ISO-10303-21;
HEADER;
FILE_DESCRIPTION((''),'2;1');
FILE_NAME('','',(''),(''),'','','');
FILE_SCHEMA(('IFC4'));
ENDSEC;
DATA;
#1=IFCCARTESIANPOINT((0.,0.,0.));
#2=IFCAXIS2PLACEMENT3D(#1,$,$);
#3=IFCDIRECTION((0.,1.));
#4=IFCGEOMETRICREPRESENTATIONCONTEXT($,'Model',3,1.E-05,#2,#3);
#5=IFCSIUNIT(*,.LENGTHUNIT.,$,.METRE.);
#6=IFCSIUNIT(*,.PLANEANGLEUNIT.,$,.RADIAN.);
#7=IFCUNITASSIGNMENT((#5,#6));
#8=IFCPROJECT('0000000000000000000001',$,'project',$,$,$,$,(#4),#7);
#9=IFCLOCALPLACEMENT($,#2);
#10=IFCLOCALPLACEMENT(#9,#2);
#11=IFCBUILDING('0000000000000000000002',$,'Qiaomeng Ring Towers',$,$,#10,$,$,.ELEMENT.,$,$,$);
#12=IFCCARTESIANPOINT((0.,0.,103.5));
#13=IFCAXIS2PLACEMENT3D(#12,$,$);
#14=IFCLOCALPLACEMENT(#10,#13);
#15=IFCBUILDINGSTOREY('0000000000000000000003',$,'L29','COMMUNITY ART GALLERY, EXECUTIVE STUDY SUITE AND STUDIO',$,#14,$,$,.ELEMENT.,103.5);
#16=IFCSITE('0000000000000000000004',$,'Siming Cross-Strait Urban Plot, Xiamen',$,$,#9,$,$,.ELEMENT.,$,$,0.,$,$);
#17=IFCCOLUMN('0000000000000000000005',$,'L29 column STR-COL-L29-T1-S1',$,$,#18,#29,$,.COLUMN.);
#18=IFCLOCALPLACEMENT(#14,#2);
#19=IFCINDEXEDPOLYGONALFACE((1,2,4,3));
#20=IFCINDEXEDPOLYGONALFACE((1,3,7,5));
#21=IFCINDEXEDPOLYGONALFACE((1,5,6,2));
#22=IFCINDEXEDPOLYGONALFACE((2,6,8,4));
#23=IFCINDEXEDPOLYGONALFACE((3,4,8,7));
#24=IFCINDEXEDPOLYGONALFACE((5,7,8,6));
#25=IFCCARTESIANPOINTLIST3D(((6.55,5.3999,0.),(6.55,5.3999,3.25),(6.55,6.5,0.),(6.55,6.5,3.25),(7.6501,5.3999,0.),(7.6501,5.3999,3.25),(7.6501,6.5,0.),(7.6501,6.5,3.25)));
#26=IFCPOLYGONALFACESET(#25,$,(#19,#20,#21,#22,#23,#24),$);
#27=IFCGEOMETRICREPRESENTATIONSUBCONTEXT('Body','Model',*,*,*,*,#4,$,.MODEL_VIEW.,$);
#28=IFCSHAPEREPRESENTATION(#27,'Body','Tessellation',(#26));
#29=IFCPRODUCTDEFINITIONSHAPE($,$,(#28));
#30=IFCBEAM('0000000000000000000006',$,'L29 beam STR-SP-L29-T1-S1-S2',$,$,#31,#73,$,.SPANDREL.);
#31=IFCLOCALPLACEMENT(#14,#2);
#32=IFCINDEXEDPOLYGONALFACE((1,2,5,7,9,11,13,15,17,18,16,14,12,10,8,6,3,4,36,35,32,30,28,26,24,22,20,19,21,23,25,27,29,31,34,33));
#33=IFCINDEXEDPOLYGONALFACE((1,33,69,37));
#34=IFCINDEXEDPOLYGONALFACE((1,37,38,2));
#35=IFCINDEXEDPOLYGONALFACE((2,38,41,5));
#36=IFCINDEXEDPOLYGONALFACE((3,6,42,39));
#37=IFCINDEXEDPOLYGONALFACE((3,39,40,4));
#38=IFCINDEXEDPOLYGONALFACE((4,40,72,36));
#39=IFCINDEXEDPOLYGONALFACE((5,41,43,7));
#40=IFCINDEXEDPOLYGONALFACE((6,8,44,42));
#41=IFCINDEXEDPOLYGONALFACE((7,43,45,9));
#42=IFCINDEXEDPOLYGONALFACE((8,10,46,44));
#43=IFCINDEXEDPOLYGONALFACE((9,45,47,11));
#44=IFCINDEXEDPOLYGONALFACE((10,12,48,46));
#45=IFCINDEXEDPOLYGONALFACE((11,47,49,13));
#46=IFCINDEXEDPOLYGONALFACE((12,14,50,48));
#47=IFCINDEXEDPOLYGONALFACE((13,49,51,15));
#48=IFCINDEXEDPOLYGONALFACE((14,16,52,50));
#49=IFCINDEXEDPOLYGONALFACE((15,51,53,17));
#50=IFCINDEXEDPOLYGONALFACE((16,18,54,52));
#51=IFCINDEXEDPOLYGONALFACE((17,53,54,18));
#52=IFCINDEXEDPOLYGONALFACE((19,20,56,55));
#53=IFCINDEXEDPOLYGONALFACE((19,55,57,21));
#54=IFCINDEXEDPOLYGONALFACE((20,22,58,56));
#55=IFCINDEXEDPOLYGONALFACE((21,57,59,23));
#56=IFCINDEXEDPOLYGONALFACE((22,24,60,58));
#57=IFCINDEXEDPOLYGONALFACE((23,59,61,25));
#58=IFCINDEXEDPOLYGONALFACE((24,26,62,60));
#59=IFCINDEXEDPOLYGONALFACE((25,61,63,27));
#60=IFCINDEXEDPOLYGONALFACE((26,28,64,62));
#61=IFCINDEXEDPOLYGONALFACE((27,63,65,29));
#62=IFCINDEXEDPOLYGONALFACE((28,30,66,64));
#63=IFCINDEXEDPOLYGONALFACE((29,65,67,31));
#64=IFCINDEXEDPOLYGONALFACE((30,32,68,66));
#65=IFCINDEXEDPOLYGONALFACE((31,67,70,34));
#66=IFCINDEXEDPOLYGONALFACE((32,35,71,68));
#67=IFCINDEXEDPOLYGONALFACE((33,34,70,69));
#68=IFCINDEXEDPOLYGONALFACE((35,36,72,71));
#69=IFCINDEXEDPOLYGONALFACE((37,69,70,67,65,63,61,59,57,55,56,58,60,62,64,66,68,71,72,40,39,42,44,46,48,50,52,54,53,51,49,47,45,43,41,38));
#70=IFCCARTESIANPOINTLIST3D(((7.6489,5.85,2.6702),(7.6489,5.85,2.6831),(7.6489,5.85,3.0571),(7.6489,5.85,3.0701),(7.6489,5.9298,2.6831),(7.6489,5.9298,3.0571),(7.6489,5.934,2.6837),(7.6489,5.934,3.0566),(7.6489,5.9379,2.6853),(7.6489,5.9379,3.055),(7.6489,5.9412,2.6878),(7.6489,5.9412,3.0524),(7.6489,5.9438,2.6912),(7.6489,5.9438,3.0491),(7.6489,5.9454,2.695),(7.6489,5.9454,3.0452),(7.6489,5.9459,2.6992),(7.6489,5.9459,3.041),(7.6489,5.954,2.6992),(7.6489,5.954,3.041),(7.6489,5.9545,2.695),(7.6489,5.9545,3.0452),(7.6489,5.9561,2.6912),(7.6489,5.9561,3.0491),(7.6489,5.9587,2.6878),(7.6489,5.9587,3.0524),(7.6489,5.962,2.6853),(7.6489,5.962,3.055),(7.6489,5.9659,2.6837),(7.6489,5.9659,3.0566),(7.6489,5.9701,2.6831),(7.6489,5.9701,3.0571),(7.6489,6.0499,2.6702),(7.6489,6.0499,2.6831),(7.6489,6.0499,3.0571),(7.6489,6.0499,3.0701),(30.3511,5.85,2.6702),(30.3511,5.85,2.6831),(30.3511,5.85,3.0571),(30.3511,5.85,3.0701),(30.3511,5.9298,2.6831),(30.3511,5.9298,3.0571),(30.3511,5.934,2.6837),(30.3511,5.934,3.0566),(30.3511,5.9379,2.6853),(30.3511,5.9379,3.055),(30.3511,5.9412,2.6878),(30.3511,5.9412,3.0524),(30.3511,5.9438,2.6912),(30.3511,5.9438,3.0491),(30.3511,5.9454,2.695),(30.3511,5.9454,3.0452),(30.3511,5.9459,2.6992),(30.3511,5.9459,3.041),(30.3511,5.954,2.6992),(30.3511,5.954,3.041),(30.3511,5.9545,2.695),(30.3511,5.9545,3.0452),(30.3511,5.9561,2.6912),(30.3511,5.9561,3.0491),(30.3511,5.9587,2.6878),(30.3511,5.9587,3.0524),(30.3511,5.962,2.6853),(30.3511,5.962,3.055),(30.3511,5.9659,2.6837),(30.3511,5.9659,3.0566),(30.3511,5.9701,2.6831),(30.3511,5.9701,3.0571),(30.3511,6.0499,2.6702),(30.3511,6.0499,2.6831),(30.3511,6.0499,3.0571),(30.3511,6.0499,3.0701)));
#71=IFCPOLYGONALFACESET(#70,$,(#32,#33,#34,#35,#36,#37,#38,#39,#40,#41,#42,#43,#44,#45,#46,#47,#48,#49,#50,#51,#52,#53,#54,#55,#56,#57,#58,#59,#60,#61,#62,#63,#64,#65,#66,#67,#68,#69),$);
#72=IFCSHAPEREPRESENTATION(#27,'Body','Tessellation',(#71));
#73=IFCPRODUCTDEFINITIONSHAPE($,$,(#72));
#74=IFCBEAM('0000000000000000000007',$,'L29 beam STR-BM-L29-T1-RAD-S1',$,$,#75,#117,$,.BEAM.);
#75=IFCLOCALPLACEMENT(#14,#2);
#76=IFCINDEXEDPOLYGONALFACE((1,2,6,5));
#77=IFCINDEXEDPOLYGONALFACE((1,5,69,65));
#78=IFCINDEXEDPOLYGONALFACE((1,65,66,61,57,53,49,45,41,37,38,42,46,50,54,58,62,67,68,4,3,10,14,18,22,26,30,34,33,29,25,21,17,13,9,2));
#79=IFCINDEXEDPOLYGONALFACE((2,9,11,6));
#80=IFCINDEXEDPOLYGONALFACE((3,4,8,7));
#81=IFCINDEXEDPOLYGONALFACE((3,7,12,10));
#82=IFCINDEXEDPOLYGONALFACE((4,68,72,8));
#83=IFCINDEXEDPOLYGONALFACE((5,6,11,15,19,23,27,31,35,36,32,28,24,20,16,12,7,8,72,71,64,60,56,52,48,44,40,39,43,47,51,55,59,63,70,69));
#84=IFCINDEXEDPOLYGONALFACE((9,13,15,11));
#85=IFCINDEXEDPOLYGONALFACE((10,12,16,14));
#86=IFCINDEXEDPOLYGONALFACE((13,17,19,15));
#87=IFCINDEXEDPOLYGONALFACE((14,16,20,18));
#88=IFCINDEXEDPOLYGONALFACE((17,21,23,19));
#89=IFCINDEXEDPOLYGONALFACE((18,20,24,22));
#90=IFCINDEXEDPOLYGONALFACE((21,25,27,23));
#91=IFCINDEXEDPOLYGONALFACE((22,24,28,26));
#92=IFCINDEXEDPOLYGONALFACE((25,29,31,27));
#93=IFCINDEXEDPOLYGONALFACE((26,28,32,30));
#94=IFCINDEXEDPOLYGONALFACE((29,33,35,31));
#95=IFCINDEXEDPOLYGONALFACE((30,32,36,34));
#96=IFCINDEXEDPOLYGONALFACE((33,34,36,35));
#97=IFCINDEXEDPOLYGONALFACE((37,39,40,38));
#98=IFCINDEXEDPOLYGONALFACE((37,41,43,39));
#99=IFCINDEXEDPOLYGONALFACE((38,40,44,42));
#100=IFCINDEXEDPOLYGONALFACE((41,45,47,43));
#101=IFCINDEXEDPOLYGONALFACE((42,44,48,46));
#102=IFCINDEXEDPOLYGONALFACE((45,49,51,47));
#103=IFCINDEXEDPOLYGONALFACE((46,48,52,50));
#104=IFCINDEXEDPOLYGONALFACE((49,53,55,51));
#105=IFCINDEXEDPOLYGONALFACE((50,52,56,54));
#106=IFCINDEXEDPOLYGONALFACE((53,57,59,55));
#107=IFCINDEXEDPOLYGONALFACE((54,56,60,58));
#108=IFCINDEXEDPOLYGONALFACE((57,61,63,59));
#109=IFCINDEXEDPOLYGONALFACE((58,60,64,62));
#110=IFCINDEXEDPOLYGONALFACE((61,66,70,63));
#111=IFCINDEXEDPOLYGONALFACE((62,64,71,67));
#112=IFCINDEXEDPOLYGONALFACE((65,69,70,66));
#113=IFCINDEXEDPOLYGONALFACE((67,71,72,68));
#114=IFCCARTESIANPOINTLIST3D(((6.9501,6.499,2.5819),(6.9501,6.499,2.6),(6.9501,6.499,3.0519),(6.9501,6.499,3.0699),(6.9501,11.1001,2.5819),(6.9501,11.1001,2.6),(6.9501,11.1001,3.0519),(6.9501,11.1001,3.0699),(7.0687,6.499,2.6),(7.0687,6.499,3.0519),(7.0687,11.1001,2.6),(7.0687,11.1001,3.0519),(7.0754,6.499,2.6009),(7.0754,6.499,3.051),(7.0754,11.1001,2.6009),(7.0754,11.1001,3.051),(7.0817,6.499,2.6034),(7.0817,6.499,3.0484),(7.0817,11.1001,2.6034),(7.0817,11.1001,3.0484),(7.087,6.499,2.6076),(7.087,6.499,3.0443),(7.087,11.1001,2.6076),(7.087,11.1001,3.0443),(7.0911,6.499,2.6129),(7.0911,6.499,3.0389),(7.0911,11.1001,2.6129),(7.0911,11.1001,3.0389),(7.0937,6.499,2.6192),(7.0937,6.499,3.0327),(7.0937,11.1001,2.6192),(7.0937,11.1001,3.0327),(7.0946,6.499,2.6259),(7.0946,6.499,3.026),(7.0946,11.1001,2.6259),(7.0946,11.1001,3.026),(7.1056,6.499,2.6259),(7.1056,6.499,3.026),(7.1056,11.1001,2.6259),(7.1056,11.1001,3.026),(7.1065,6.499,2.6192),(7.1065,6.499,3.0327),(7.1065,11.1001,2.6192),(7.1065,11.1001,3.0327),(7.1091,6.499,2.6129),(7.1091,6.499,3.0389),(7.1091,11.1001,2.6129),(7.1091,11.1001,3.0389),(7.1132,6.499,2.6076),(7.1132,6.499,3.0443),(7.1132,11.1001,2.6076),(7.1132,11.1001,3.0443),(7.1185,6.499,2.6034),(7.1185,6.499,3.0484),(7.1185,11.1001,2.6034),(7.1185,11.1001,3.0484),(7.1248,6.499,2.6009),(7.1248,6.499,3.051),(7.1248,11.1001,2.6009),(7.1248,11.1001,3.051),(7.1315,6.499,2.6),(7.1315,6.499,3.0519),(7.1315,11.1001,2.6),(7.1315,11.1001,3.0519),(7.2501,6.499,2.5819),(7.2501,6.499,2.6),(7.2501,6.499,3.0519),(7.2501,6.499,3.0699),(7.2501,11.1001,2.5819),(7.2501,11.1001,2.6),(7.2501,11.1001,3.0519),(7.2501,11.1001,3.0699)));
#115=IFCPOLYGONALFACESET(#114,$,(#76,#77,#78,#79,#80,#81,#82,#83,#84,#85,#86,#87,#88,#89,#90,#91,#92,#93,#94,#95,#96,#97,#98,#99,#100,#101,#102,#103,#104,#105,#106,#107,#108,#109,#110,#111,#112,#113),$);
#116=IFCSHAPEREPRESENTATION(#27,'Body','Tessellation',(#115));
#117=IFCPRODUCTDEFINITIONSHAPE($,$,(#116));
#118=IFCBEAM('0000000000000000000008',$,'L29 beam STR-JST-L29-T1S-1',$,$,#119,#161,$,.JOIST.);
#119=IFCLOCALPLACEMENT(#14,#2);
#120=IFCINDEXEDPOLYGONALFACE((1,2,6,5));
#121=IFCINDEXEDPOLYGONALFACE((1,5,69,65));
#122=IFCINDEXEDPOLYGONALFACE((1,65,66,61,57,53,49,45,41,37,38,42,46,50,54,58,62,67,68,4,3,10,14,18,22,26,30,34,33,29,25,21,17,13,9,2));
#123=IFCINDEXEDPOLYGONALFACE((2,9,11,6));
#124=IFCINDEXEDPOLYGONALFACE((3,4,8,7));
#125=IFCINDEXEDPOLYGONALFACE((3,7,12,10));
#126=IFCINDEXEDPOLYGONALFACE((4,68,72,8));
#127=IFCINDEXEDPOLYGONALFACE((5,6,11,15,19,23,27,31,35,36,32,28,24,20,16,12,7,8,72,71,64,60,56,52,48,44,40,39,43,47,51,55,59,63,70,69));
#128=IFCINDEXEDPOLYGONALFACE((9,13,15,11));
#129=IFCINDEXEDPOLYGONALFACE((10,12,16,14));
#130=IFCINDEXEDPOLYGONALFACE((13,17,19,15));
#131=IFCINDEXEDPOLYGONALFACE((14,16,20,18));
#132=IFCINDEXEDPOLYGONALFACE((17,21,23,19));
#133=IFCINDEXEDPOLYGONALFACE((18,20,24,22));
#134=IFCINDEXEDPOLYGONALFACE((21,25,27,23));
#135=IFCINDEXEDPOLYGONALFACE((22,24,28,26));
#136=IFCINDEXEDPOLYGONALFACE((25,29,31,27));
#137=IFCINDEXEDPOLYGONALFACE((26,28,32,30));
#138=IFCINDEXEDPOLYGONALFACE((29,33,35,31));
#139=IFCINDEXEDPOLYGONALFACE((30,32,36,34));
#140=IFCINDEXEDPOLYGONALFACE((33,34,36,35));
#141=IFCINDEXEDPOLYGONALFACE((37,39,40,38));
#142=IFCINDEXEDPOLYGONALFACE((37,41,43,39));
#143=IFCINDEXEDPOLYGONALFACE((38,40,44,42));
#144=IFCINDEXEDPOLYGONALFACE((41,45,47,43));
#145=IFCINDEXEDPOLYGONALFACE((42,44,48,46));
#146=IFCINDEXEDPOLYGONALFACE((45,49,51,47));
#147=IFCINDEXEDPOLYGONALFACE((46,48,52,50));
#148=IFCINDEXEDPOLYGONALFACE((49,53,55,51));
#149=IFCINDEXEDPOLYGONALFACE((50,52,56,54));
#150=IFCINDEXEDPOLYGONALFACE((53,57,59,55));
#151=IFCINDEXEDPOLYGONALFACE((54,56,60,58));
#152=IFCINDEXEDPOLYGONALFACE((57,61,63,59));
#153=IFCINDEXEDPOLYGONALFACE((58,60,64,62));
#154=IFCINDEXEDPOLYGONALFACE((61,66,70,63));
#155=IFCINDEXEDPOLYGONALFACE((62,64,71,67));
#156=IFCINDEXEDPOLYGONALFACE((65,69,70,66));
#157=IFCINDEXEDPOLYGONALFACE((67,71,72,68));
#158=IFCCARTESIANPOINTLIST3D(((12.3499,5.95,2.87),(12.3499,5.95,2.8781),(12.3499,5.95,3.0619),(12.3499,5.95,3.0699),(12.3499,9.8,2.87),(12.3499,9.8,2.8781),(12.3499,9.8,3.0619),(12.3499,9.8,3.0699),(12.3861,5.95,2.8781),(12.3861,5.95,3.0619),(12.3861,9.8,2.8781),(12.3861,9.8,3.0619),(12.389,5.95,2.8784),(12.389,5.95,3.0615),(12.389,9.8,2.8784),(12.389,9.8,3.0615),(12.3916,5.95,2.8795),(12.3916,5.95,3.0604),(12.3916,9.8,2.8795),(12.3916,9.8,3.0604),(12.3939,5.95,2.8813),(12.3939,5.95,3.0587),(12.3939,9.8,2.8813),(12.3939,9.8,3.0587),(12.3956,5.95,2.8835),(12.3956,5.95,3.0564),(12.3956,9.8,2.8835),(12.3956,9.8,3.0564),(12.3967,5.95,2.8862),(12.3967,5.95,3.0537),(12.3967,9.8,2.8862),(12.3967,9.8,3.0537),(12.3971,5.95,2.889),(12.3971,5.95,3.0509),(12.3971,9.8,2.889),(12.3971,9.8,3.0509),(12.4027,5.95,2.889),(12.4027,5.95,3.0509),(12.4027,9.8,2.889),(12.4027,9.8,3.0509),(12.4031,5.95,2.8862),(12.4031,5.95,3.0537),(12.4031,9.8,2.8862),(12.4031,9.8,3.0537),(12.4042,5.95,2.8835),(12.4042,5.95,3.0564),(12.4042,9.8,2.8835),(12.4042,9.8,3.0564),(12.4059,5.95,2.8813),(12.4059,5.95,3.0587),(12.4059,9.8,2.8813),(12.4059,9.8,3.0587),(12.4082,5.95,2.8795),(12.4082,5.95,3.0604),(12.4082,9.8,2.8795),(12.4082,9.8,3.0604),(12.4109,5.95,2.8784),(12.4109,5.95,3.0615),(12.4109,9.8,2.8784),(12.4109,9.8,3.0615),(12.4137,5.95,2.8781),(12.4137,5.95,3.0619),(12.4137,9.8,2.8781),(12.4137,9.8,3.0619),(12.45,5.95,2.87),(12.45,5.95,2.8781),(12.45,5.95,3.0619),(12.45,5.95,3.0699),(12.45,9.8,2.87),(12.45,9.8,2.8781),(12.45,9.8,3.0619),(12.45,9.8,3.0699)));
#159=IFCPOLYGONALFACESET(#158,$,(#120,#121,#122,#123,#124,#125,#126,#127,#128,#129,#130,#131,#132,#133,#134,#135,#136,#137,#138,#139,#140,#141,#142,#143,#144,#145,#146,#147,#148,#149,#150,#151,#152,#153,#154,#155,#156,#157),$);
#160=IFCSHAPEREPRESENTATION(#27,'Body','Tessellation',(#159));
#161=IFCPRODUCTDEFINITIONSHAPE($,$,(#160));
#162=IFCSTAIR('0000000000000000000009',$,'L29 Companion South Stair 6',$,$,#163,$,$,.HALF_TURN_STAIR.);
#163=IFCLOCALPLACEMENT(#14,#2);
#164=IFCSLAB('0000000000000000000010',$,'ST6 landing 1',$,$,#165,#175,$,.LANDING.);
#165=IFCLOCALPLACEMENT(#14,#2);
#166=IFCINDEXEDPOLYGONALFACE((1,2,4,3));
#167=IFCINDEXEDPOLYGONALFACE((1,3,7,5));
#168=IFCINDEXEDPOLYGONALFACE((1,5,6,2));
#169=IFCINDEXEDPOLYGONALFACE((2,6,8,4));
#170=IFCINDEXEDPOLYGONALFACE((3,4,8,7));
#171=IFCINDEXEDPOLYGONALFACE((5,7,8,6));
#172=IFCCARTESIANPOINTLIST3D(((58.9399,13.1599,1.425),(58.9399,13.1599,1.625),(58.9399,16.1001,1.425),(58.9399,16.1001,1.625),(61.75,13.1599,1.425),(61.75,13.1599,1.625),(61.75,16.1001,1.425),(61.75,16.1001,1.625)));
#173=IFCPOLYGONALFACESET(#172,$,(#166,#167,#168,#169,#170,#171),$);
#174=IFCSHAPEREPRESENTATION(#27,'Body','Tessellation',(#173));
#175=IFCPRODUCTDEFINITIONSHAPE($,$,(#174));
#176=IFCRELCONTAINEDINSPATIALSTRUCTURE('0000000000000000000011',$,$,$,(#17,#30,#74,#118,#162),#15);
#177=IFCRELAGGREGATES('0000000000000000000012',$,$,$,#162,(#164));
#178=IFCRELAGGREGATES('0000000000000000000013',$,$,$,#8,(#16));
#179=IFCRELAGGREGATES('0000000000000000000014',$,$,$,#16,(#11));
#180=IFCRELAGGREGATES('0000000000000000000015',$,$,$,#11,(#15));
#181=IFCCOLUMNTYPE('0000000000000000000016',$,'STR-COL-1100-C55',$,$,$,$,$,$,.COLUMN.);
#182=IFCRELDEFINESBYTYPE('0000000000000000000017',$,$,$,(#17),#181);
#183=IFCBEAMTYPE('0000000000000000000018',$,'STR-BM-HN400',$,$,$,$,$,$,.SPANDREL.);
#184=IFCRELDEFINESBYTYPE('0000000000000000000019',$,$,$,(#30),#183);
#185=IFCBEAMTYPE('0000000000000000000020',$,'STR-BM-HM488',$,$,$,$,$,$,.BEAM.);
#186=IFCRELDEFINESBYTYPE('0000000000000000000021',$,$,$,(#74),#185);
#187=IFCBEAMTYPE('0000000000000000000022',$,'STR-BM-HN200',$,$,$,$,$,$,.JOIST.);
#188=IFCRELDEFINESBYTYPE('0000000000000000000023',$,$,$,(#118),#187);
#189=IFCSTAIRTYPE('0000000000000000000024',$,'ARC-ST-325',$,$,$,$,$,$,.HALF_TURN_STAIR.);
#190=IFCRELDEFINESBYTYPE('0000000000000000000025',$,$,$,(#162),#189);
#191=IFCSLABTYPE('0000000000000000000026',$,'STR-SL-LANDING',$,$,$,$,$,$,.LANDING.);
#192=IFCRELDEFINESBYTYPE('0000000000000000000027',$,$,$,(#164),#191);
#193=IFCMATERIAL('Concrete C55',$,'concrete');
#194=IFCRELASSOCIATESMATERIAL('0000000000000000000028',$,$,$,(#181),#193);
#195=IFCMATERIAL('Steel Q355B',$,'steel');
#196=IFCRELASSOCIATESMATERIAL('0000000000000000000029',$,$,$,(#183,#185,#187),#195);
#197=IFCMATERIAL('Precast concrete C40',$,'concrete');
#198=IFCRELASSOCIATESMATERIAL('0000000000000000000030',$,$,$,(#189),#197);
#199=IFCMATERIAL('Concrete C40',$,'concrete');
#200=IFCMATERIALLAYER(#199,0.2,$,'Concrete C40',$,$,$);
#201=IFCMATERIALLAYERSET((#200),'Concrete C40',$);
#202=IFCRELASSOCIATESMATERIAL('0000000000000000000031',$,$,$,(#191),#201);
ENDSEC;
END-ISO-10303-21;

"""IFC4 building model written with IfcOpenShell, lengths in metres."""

from ifc_helpers import new_model, si_unit, direction, frame, origin, origin_2d, place, context, subcontext, project, spatial, polyline, rectangle, i_section, outline, extrude, source, transform, mapped, material, layer, layer_set, material_profile, profile_set, type_object, element, aggregate, save


model = new_model("IFC4")

# Units and contexts
model_context = context("Model", 3, precision=1e-05, world=origin(), true_north=direction((0.0, 1.0)))
body_context = subcontext(model_context, "Body", "Model", "MODEL_VIEW")
ifc_project = project(units=[si_unit("LENGTHUNIT", "METRE"), si_unit("PLANEANGLEUNIT", "RADIAN")], contexts=[model_context])

# Site, building, storey
site_placement = place(None, origin())
site = spatial("IfcSite", under=ifc_project, at=site_placement, Name="Siming Cross-Strait Urban Plot, Xiamen", CompositionType="ELEMENT", RefElevation=0.0)
building_placement = place(site_placement, origin())
building = spatial("IfcBuilding", under=site, at=building_placement, Name="Qiaomeng Ring Towers", CompositionType="ELEMENT")
storey_placement = place(building_placement, frame((0.0, 0.0, 103.5)))
storey = spatial("IfcBuildingStorey", under=building, at=storey_placement, Name="L29", Description="COMMUNITY ART GALLERY, EXECUTIVE STUDY SUITE AND STUDIO", CompositionType="ELEMENT", Elevation=103.5)

# Column
ifc_material_1 = material(Name="Concrete C55", Category="concrete")
ifc_material_profile_1 = material_profile(ifc_material_1, rectangle(XDim=1.1001, YDim=1.1001, at=origin_2d()), Name="RC COL 1100x1100")
ifc_profile_set_1 = profile_set([ifc_material_profile_1], Name="Concrete C55")
column_type = type_object("IfcColumnType", Name="STR-COL-1100-C55", PredefinedType="COLUMN", material=ifc_profile_set_1)
shared_shape_1 = source(origin(), body_context, "Body", "SweptSolid", [
    extrude(rectangle(XDim=1.1001, YDim=1.1001, at=origin_2d()), origin(), (0.0, 0.0, 1.0), 3.25),
])
column_placement = place(storey_placement, frame((7.1001, 5.95, 0.0), z_axis=(0.0, 0.0, 1.0), x_axis=(1.0, 0.0, 0.0)))
element("IfcColumn", 1, at=column_placement, inside=storey, type_object=column_type, Name="L29 column STR-COL-L29-T1-S1", PredefinedType="COLUMN", context=body_context, shape_type="MappedRepresentation", body=[
    mapped(shared_shape_1, transform((0.0, 0.0, 0.0), x_axis=(1.0, 0.0, 0.0), y_axis=(0.0, 1.0, 0.0), z_axis=(0.0, 0.0, 1.0), scale=1.0)),
])

# Beams
ifc_material_2 = material(Name="Steel Q355B", Category="steel")
ifc_material_profile_2 = material_profile(ifc_material_2, i_section(OverallWidth=0.2, OverallDepth=0.3999, WebThickness=0.0081, FlangeThickness=0.0129, FilletRadius=0.0161, at=origin_2d()), Name="HN 400x200x8x13")
ifc_profile_set_2 = profile_set([ifc_material_profile_2], Name="Steel Q355B")
beam_type_1 = type_object("IfcBeamType", Name="STR-BM-HN400", PredefinedType="SPANDREL", material=ifc_profile_set_2)
shared_shape_2 = source(origin(), body_context, "Body", "SweptSolid", [
    extrude(i_section(OverallWidth=0.2, OverallDepth=0.3999, WebThickness=0.0081, FlangeThickness=0.0129, FilletRadius=0.0161, at=origin_2d()), origin(), (0.0, 0.0, 1.0), 22.7021),
])
beam_1_placement = place(storey_placement, frame((7.6489, 5.95, 2.8701), z_axis=(1.0, 0.0, 0.0), x_axis=(0.0, 1.0, 0.0)))
element("IfcBeam", 2, at=beam_1_placement, inside=storey, type_object=beam_type_1, Name="L29 beam STR-SP-L29-T1-S1-S2", PredefinedType="SPANDREL", context=body_context, shape_type="MappedRepresentation", body=[
    mapped(shared_shape_2, transform((0.0, 0.0, 0.0), x_axis=(1.0, 0.0, 0.0), y_axis=(0.0, 1.0, 0.0), z_axis=(0.0, 0.0, 1.0), scale=1.0)),
])
ifc_material_profile_3 = material_profile(ifc_material_2, i_section(OverallWidth=0.3, OverallDepth=0.488, WebThickness=0.011, FlangeThickness=0.0181, FilletRadius=0.0259, at=origin_2d()), Name="HM 488x300x11x18")
ifc_profile_set_3 = profile_set([ifc_material_profile_3], Name="Steel Q355B")
beam_type_2 = type_object("IfcBeamType", Name="STR-BM-HM488", PredefinedType="BEAM", material=ifc_profile_set_3)
shared_shape_3 = source(origin(), body_context, "Body", "SweptSolid", [
    extrude(i_section(OverallWidth=0.3, OverallDepth=0.488, WebThickness=0.011, FlangeThickness=0.0181, FilletRadius=0.0259, at=origin_2d()), origin(), (0.0, 0.0, 1.0), 4.6011),
])
beam_2_placement = place(storey_placement, frame((7.1001, 6.499, 2.8259), z_axis=(0.0, 1.0, 0.0), x_axis=(-1.0, 0.0, 0.0)))
element("IfcBeam", 3, at=beam_2_placement, inside=storey, type_object=beam_type_2, Name="L29 beam STR-BM-L29-T1-RAD-S1", PredefinedType="BEAM", context=body_context, shape_type="MappedRepresentation", body=[
    mapped(shared_shape_3, transform((0.0, 0.0, 0.0), x_axis=(1.0, 0.0, 0.0), y_axis=(0.0, 1.0, 0.0), z_axis=(0.0, 0.0, 1.0), scale=1.0)),
])
ifc_material_profile_4 = material_profile(ifc_material_2, i_section(OverallWidth=0.1001, OverallDepth=0.2, WebThickness=0.0056, FlangeThickness=0.0081, FilletRadius=0.011, at=origin_2d()), Name="HN 200x100x5.5x8")
ifc_profile_set_4 = profile_set([ifc_material_profile_4], Name="Steel Q355B")
beam_type_3 = type_object("IfcBeamType", Name="STR-BM-HN200", PredefinedType="JOIST", material=ifc_profile_set_4)
shared_shape_4 = source(origin(), body_context, "Body", "SweptSolid", [
    extrude(i_section(OverallWidth=0.1001, OverallDepth=0.2, WebThickness=0.0056, FlangeThickness=0.0081, FilletRadius=0.011, at=origin_2d()), origin(), (0.0, 0.0, 1.0), 3.8501),
])
beam_3_placement = place(storey_placement, frame((12.3999, 5.95, 2.97), z_axis=(0.0, 1.0, 0.0), x_axis=(-1.0, 0.0, 0.0)))
element("IfcBeam", 4, at=beam_3_placement, inside=storey, type_object=beam_type_3, Name="L29 beam STR-JST-L29-T1S-1", PredefinedType="JOIST", context=body_context, shape_type="MappedRepresentation", body=[
    mapped(shared_shape_4, transform((0.0, 0.0, 0.0), x_axis=(1.0, 0.0, 0.0), y_axis=(0.0, 1.0, 0.0), z_axis=(0.0, 0.0, 1.0), scale=1.0)),
])

# Stair, slab
ifc_material_3 = material(Name="Precast concrete C40", Category="concrete")
stair_type = type_object("IfcStairType", Name="ARC-ST-325", PredefinedType="HALF_TURN_STAIR", material=ifc_material_3)
stair_placement = place(storey_placement, origin())
stair = element("IfcStair", 5, at=stair_placement, inside=storey, type_object=stair_type, Name="L29 Companion South Stair 6", PredefinedType="HALF_TURN_STAIR")
ifc_material_4 = material(Name="Concrete C40", Category="concrete")
ifc_layer_1 = layer(ifc_material_4, 0.2, Name="Concrete C40")
ifc_layer_set_1 = layer_set([ifc_layer_1], Name="Concrete C40")
slab_type = type_object("IfcSlabType", Name="STR-SL-LANDING", PredefinedType="LANDING", material=ifc_layer_set_1)
slab_placement = place(storey_placement, frame((0.0, 0.0, 1.425)))
slab = element("IfcSlab", 6, at=slab_placement, type_object=slab_type, Name="ST6 landing 1", PredefinedType="LANDING", context=body_context, shape_type="SweptSolid", body=[
    extrude(outline(polyline([(58.9399, 13.1599), (61.75, 13.1599), (61.75, 16.1001), (58.9399, 16.1001), (58.9399, 13.1599)])), origin(), (0.0, 0.0, 1.0), 0.2),
])
aggregate(stair, [slab])

save(model, "model.ifc")
